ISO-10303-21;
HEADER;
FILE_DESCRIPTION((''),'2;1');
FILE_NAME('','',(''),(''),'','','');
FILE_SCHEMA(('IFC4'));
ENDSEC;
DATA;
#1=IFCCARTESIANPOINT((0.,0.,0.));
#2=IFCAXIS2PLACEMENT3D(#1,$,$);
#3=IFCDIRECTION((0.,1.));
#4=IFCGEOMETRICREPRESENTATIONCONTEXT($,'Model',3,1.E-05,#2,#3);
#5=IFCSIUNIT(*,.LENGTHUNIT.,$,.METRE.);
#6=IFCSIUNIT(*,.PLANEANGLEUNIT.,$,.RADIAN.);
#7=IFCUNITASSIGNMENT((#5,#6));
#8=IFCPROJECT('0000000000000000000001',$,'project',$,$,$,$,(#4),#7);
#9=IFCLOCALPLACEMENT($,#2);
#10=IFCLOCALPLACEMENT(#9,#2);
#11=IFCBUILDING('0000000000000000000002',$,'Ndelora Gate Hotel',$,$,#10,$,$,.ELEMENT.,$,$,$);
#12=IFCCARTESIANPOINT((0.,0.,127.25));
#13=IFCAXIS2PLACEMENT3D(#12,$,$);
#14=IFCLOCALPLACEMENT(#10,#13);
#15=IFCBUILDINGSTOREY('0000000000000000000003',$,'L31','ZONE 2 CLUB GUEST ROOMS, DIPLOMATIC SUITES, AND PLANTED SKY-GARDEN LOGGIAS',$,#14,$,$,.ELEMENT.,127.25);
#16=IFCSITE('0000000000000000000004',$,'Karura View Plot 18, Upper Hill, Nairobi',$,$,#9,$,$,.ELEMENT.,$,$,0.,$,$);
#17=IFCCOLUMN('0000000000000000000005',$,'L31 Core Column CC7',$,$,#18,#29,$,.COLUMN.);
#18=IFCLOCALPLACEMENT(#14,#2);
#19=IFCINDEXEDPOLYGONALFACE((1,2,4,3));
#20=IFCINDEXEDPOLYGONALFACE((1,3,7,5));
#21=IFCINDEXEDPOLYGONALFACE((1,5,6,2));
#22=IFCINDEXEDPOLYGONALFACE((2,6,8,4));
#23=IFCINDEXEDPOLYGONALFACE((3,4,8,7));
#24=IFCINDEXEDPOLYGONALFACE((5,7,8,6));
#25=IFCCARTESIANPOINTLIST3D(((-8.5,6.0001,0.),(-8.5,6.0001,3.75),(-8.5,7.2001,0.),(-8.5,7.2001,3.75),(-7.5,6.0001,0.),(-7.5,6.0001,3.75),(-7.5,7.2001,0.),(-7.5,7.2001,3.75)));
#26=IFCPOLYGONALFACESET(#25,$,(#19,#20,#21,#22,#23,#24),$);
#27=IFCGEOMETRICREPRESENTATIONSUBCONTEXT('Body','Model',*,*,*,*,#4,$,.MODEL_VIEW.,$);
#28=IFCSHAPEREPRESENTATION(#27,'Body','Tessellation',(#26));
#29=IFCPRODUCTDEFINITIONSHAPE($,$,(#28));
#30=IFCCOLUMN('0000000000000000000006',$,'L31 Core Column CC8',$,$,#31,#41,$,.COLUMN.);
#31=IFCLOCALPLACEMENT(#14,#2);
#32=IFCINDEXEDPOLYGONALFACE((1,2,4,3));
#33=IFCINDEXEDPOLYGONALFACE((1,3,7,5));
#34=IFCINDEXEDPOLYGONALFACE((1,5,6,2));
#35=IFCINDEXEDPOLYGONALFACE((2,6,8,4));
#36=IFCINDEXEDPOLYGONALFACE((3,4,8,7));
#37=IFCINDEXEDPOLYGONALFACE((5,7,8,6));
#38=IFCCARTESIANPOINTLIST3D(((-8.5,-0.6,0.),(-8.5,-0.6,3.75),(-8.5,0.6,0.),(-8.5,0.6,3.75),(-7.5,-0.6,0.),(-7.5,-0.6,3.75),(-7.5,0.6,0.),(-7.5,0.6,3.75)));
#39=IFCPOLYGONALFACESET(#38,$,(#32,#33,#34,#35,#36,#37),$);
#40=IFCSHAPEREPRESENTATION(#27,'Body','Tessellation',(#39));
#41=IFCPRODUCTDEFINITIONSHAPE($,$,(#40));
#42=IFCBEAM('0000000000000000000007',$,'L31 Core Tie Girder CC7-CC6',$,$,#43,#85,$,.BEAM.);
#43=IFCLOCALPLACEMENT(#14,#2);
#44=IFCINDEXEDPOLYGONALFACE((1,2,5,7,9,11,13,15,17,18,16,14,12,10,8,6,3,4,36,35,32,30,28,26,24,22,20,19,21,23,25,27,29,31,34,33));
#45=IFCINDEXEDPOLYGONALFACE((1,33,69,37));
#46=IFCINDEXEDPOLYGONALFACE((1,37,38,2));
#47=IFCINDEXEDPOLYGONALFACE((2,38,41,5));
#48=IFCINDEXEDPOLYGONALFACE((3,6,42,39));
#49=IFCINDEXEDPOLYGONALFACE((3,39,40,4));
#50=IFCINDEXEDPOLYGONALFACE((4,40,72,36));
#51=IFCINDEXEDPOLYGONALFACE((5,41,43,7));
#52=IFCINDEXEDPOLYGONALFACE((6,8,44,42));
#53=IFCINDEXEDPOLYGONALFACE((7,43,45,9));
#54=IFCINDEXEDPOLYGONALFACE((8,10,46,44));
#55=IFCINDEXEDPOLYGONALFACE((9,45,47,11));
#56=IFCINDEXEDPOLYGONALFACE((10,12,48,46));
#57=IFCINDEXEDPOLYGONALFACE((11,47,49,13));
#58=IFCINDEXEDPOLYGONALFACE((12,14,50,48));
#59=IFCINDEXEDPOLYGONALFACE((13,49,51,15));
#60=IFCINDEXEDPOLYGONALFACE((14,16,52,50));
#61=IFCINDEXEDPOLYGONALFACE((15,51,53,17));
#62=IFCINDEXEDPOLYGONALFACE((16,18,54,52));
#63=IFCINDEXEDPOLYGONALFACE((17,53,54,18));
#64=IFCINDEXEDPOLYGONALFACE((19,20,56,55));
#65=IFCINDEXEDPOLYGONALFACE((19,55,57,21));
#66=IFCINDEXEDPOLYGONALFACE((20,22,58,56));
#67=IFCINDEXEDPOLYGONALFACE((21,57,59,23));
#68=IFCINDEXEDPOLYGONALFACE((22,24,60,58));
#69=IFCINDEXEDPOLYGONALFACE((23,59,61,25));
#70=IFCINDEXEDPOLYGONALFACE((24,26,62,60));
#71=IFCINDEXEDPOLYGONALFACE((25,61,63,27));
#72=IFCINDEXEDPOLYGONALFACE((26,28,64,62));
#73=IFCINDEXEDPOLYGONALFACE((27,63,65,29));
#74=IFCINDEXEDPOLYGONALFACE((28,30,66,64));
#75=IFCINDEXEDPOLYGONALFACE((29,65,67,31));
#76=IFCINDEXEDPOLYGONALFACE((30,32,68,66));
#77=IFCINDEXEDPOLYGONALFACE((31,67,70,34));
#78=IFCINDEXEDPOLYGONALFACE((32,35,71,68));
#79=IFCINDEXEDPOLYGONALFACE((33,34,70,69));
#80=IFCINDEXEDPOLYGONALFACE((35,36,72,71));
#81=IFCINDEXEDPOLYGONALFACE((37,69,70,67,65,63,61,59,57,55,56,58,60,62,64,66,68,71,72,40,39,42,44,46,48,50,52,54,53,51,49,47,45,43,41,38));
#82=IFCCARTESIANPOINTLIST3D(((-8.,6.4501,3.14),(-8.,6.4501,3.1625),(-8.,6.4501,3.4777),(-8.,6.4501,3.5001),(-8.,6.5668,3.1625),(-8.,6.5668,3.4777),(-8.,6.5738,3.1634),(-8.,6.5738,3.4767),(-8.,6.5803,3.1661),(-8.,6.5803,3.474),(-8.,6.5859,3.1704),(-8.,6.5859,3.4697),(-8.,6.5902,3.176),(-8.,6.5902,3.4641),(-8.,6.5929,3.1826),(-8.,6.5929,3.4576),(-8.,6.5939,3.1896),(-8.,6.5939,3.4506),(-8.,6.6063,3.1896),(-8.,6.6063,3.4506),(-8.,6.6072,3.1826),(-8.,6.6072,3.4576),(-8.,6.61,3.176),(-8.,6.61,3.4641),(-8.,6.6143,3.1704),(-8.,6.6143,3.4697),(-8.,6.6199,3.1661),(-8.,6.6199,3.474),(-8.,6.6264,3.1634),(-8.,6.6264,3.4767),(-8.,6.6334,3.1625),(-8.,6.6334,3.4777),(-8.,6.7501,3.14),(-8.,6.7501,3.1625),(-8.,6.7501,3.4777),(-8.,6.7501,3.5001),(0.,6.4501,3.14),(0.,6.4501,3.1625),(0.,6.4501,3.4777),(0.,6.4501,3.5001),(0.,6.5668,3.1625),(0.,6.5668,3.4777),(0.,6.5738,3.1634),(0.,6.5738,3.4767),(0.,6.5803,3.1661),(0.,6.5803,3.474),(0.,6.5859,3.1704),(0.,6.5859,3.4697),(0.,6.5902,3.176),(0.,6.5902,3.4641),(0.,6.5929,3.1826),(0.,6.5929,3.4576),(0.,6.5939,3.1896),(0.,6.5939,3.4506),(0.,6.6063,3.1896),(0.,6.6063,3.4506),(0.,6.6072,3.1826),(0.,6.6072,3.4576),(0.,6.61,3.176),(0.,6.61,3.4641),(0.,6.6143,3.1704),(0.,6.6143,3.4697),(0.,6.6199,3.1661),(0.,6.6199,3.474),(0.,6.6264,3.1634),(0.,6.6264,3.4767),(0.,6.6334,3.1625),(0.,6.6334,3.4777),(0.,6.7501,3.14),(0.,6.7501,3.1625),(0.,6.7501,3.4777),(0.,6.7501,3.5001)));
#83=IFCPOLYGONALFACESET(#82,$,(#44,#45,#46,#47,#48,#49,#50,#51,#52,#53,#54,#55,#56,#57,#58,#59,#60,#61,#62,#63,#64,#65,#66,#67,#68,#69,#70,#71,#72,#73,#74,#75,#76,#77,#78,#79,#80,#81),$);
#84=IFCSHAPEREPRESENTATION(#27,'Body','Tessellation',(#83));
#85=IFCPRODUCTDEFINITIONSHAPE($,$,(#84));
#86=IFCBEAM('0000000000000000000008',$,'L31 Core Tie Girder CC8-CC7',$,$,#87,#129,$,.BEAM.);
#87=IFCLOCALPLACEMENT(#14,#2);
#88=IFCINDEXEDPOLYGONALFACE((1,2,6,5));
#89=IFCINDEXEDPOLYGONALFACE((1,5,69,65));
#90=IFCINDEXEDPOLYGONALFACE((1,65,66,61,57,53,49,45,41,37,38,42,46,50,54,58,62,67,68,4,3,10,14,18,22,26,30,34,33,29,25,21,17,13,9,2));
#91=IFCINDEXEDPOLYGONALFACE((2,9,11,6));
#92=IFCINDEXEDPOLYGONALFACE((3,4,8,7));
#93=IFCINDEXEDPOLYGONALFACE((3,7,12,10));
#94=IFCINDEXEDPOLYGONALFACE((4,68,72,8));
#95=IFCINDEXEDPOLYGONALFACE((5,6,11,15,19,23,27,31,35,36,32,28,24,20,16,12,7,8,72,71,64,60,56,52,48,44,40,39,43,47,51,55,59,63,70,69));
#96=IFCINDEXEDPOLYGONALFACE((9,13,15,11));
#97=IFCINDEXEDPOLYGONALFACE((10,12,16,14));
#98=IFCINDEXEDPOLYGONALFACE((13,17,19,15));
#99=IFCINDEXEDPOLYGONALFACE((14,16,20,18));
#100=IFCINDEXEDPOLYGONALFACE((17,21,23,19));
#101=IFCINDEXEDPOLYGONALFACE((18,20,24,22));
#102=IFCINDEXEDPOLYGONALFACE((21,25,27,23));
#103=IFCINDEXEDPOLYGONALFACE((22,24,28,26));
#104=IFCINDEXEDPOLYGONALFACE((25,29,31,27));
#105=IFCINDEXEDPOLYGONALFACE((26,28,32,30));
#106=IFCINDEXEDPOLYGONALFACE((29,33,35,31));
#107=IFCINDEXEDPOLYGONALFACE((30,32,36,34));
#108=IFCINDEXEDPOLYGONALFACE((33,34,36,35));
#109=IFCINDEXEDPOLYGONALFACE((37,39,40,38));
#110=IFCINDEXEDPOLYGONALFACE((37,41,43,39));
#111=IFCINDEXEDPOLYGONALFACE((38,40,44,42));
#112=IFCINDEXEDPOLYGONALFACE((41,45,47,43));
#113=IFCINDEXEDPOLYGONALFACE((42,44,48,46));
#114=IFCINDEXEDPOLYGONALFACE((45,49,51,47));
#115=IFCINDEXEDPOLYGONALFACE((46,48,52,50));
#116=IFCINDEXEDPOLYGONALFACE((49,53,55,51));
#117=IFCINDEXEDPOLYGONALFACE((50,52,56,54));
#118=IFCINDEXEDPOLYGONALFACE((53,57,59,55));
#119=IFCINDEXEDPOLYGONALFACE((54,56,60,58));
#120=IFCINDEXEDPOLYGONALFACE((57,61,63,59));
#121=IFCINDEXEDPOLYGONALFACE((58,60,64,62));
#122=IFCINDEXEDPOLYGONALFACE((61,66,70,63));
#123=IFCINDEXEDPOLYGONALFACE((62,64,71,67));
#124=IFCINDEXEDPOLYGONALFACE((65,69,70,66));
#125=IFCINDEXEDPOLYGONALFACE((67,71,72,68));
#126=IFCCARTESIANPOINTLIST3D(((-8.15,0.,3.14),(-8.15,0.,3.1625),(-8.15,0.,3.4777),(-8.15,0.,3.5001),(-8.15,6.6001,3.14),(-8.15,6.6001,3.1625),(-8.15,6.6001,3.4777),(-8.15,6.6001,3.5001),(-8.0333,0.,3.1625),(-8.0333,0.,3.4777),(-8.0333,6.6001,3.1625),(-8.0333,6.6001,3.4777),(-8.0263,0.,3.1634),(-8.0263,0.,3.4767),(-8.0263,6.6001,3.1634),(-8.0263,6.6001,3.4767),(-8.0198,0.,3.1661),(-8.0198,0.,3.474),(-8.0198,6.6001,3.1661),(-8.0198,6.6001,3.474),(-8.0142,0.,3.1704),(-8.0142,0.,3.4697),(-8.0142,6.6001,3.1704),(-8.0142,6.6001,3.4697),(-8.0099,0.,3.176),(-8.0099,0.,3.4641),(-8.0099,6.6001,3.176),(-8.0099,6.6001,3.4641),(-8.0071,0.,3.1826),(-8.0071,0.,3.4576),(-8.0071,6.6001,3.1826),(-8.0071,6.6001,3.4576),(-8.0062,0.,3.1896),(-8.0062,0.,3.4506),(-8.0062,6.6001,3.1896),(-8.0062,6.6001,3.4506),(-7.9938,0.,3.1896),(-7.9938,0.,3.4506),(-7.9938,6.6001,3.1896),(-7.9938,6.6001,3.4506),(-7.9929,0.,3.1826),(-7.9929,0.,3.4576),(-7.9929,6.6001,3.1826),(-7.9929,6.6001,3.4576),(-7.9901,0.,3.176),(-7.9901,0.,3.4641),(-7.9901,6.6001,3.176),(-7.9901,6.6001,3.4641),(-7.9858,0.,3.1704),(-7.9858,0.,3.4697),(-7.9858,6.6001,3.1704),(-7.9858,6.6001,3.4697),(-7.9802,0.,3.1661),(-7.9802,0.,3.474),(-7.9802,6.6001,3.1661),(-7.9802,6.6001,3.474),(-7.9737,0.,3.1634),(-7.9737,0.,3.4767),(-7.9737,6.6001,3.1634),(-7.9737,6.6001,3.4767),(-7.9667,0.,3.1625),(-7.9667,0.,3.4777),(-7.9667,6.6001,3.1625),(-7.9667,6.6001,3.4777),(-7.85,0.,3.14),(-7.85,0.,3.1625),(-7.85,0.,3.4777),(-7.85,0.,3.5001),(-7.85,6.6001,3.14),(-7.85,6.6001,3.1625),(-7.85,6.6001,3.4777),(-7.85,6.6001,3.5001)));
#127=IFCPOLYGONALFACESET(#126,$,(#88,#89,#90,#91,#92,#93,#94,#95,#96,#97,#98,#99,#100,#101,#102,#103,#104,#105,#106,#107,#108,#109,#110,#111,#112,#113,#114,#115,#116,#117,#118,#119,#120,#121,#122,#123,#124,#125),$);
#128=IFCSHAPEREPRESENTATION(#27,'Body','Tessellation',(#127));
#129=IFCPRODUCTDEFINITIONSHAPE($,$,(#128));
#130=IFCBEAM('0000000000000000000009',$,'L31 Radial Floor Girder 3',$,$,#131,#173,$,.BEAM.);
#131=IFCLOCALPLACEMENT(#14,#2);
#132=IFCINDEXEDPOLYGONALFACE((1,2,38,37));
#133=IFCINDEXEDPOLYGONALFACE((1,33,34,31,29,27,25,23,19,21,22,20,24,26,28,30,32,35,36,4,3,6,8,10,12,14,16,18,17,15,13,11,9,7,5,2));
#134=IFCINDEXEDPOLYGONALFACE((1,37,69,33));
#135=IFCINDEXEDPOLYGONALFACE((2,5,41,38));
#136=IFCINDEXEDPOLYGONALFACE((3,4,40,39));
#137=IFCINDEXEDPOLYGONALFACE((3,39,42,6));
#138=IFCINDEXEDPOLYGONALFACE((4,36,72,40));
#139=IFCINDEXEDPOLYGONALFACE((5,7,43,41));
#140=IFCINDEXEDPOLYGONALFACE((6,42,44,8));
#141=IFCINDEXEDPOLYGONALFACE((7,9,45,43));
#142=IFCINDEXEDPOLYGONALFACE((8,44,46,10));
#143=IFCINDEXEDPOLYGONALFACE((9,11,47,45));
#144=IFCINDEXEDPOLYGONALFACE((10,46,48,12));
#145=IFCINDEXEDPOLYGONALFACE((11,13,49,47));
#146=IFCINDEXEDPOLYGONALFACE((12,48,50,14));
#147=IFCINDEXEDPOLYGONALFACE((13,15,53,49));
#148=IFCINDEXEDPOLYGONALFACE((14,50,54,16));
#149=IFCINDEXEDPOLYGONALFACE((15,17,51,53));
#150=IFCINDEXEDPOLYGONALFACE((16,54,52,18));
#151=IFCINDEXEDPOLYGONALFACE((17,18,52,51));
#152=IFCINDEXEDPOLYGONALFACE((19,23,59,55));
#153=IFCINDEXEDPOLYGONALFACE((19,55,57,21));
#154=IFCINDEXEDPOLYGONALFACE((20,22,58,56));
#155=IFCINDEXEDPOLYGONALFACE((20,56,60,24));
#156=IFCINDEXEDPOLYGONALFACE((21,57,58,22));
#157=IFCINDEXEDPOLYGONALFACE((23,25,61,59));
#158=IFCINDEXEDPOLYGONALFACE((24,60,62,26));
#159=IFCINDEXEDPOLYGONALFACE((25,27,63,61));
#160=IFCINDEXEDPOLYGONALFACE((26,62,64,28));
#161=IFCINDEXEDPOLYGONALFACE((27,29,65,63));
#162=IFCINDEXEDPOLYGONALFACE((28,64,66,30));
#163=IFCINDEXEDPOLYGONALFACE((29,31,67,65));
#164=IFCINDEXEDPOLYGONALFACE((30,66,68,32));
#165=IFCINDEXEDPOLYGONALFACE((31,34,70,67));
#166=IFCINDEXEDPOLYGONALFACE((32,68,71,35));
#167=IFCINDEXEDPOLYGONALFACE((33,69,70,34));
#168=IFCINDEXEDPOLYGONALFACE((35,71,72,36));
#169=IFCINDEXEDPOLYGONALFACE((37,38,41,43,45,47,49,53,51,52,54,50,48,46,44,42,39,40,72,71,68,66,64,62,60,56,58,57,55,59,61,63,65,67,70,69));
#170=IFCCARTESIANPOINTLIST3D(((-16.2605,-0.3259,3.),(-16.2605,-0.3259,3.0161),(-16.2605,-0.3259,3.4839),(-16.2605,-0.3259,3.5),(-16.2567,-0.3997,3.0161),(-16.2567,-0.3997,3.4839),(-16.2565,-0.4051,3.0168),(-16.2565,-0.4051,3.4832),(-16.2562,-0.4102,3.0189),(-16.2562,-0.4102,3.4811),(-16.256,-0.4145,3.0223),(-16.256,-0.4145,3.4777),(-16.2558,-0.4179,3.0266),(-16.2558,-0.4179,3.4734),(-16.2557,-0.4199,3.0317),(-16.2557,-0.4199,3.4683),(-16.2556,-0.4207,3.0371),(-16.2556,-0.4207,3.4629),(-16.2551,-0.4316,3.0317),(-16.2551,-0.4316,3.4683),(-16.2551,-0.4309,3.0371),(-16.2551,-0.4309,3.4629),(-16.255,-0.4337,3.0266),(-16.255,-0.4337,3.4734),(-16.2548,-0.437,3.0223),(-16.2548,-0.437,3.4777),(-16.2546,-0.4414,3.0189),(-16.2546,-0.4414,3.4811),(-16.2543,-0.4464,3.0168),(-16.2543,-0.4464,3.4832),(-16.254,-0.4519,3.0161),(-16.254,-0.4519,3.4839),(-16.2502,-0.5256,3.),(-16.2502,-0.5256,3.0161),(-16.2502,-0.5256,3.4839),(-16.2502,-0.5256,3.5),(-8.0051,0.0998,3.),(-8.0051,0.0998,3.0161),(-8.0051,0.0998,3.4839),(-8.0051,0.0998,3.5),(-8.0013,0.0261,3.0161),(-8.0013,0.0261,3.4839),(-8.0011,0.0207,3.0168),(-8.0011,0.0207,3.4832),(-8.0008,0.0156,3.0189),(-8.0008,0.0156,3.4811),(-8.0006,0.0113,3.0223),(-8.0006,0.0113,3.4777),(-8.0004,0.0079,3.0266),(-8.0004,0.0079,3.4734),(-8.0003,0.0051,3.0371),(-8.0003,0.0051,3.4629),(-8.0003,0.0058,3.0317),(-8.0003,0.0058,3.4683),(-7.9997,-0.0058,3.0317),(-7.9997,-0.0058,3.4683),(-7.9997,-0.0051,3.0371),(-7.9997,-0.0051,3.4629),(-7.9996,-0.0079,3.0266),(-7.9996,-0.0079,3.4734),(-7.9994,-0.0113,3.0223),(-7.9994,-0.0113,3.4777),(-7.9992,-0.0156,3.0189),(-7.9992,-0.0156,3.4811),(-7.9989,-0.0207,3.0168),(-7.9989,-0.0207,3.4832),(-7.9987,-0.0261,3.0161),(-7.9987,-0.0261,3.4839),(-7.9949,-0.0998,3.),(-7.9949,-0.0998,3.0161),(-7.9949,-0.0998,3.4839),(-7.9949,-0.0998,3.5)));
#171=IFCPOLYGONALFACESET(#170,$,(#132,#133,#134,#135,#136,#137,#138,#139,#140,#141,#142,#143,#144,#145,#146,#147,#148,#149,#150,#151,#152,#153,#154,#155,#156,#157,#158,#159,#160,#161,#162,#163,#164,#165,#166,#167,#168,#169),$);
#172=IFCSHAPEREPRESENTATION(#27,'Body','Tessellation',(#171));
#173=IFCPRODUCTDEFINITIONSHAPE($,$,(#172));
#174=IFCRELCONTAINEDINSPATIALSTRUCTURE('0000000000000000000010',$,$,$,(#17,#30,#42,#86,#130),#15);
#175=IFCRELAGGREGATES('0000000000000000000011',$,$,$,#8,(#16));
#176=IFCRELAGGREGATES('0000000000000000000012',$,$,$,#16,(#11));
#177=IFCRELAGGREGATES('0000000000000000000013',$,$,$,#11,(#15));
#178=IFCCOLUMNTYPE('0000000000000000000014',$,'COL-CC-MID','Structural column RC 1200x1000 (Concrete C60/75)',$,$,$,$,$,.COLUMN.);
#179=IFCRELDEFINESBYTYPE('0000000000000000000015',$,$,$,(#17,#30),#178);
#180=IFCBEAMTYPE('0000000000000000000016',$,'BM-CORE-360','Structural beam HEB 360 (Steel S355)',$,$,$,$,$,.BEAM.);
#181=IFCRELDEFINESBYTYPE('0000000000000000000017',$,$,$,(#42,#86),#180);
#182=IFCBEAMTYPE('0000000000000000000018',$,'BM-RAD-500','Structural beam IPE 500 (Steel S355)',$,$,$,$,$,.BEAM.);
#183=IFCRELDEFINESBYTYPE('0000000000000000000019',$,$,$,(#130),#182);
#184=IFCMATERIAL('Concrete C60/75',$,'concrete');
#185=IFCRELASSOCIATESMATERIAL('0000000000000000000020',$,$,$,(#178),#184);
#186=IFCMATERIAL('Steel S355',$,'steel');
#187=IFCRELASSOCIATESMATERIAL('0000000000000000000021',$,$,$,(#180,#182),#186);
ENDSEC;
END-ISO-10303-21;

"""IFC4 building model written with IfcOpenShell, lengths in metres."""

from ifc_helpers import new_model, si_unit, direction, frame, origin, origin_2d, place, context, subcontext, project, spatial, rectangle, i_section, extrude, material, material_profile, profile_set, type_object, element, save


model = new_model("IFC4")

# Units and contexts
model_context = context("Model", 3, precision=1e-05, world=origin(), true_north=direction((0.0, 1.0)))
body_context = subcontext(model_context, "Body", "Model", "MODEL_VIEW")
ifc_project = project(units=[si_unit("LENGTHUNIT", "METRE"), si_unit("PLANEANGLEUNIT", "RADIAN")], contexts=[model_context])

# Site, building, storey
site_placement = place(None, origin())
site = spatial("IfcSite", under=ifc_project, at=site_placement, Name="Karura View Plot 18, Upper Hill, Nairobi", CompositionType="ELEMENT", RefElevation=0.0)
building_placement = place(site_placement, origin())
building = spatial("IfcBuilding", under=site, at=building_placement, Name="Ndelora Gate Hotel", CompositionType="ELEMENT")
storey_placement = place(building_placement, frame((0.0, 0.0, 127.25)))
storey = spatial("IfcBuildingStorey", under=building, at=storey_placement, Name="L31", Description="ZONE 2 CLUB GUEST ROOMS, DIPLOMATIC SUITES, AND PLANTED SKY-GARDEN LOGGIAS", CompositionType="ELEMENT", Elevation=127.25)

# Columns
ifc_material_1 = material(Name="Concrete C60/75", Category="concrete")
ifc_material_profile_1 = material_profile(ifc_material_1, rectangle(XDim=1.0, YDim=1.2, at=origin_2d()), Name="RC 1200x1000")
ifc_profile_set_1 = profile_set([ifc_material_profile_1], Name="Concrete C60/75")
column_type = type_object("IfcColumnType", Name="COL-CC-MID", Description="Structural column RC 1200x1000 (Concrete C60/75)", PredefinedType="COLUMN", material=ifc_profile_set_1)
for number, where, z_axis, x_axis, name in (
    (1, (-8.0, 6.6001, 0.0), (0.0, 0.0, 1.0), (1.0, 0.0, 0.0), "L31 Core Column CC7"),
    (2, (-8.0, 0.0, 0.0), (0.0, 0.0, 1.0), (1.0, 0.0, 0.0), "L31 Core Column CC8"),
):
    element("IfcColumn", number, at=place(storey_placement, frame(where, z_axis=z_axis, x_axis=x_axis)), inside=storey, type_object=column_type, Name=name, PredefinedType="COLUMN", context=body_context, shape_type="SweptSolid", body=[
        extrude(rectangle(XDim=1.0, YDim=1.2, at=origin_2d()), origin(), (0.0, 0.0, 1.0), 3.75),
    ])

# Beams
ifc_material_2 = material(Name="Steel S355", Category="steel")
ifc_material_profile_2 = material_profile(ifc_material_2, i_section(OverallWidth=0.3, OverallDepth=0.3601, WebThickness=0.0125, FlangeThickness=0.0225, FilletRadius=0.0271, at=origin_2d()), Name="HEB 360")
ifc_profile_set_2 = profile_set([ifc_material_profile_2], Name="Steel S355")
beam_type_1 = type_object("IfcBeamType", Name="BM-CORE-360", Description="Structural beam HEB 360 (Steel S355)", PredefinedType="BEAM", material=ifc_profile_set_2)
beam_1_placement = place(storey_placement, frame((-8.0, 6.6001, 3.3201), z_axis=(1.0, 0.0, 0.0), x_axis=(0.0, 1.0, 0.0)))
element("IfcBeam", 3, at=beam_1_placement, inside=storey, type_object=beam_type_1, Name="L31 Core Tie Girder CC7-CC6", PredefinedType="BEAM", context=body_context, shape_type="SweptSolid", body=[
    extrude(i_section(OverallWidth=0.3, OverallDepth=0.3601, WebThickness=0.0125, FlangeThickness=0.0225, FilletRadius=0.0271, at=origin_2d()), origin(), (0.0, 0.0, 1.0), 8.0),
])
beam_2_placement = place(storey_placement, frame((-8.0, 0.0, 3.3201), z_axis=(0.0, 1.0, 0.0), x_axis=(-1.0, 0.0, 0.0)))
element("IfcBeam", 4, at=beam_2_placement, inside=storey, type_object=beam_type_1, Name="L31 Core Tie Girder CC8-CC7", PredefinedType="BEAM", context=body_context, shape_type="SweptSolid", body=[
    extrude(i_section(OverallWidth=0.3, OverallDepth=0.3601, WebThickness=0.0125, FlangeThickness=0.0225, FilletRadius=0.0271, at=origin_2d()), origin(), (0.0, 0.0, 1.0), 6.6001),
])
ifc_material_profile_3 = material_profile(ifc_material_2, i_section(OverallWidth=0.2, OverallDepth=0.5, WebThickness=0.0103, FlangeThickness=0.0161, FilletRadius=0.021, at=origin_2d()), Name="IPE 500")
ifc_profile_set_3 = profile_set([ifc_material_profile_3], Name="Steel S355")
beam_type_2 = type_object("IfcBeamType", Name="BM-RAD-500", Description="Structural beam IPE 500 (Steel S355)", PredefinedType="BEAM", material=ifc_profile_set_3)
beam_3_placement = place(storey_placement, frame((-8.0, 0.0, 3.25), z_axis=(-0.998673, -0.051508, 0.0), x_axis=(0.051508, -0.998673, 0.0)))
element("IfcBeam", 5, at=beam_3_placement, inside=storey, type_object=beam_type_2, Name="L31 Radial Floor Girder 3", PredefinedType="BEAM", context=body_context, shape_type="SweptSolid", body=[
    extrude(i_section(OverallWidth=0.2, OverallDepth=0.5, WebThickness=0.0103, FlangeThickness=0.0161, FilletRadius=0.021, at=origin_2d()), origin(), (0.0, 0.0, 1.0), 8.2664),
])

save(model, "model.ifc")
